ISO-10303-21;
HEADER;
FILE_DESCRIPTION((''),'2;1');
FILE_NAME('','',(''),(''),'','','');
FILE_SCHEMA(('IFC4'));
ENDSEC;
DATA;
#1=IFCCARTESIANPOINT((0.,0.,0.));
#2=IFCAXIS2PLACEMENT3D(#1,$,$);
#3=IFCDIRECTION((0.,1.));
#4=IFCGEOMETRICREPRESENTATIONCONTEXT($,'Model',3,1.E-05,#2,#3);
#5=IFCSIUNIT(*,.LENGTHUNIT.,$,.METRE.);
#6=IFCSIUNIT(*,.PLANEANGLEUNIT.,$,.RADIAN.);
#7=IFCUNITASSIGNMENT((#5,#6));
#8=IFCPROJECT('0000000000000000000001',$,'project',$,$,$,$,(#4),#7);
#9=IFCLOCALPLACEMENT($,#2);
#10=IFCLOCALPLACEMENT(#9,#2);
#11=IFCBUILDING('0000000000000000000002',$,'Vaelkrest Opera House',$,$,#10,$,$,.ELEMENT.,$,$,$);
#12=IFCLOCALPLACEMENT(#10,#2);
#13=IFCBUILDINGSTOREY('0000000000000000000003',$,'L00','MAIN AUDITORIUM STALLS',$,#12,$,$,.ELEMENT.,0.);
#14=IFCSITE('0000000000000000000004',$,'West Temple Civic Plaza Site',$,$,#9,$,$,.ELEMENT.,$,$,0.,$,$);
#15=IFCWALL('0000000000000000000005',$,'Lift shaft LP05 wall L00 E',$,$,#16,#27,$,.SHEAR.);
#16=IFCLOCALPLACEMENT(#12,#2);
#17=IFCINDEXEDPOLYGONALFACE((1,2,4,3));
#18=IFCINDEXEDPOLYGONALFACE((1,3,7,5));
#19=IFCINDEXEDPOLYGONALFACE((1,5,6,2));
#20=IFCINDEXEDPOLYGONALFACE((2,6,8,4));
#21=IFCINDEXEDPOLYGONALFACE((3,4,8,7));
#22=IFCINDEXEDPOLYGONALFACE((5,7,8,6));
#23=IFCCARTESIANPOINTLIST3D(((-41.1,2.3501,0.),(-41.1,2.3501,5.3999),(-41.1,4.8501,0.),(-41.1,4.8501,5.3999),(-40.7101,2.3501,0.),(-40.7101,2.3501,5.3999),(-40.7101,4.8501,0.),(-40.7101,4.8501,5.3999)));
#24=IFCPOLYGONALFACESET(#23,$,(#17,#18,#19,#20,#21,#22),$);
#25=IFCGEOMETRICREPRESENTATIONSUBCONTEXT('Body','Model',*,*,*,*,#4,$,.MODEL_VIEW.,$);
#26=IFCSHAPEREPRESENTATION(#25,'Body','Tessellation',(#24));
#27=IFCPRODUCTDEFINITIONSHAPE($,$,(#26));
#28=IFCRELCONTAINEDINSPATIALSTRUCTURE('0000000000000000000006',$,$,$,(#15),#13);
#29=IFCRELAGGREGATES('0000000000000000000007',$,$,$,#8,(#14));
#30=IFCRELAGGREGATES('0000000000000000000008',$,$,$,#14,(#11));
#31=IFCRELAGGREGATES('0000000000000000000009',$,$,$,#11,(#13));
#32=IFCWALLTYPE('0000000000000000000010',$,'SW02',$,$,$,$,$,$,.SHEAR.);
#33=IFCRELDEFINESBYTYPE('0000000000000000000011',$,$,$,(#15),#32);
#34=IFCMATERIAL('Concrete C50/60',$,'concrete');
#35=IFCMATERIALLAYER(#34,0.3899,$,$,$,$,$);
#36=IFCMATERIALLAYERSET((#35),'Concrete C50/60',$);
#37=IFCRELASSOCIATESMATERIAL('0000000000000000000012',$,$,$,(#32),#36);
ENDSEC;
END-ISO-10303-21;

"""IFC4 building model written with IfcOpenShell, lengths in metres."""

from ifc_helpers import new_model, si_unit, direction, frame, frame_2d, origin, place, context, subcontext, project, spatial, rectangle, extrude, material, layer, layer_set, type_object, element, save


model = new_model("IFC4")

# Units and contexts
model_context = context("Model", 3, precision=1e-05, world=origin(), true_north=direction((0.0, 1.0)))
body_context = subcontext(model_context, "Body", "Model", "MODEL_VIEW")
ifc_project = project(units=[si_unit("LENGTHUNIT", "METRE"), si_unit("PLANEANGLEUNIT", "RADIAN")], contexts=[model_context])

# Site, building, storey
site_placement = place(None, origin())
site = spatial("IfcSite", under=ifc_project, at=site_placement, Name="West Temple Civic Plaza Site", CompositionType="ELEMENT", RefElevation=0.0)
building_placement = place(site_placement, origin())
building = spatial("IfcBuilding", under=site, at=building_placement, Name="Vaelkrest Opera House", CompositionType="ELEMENT")
storey_placement = place(building_placement, origin())
storey = spatial("IfcBuildingStorey", under=building, at=storey_placement, Name="L00", Description="MAIN AUDITORIUM STALLS", CompositionType="ELEMENT", Elevation=0.0)

# Shared definitions
ifc_material_1 = material(Name="Concrete C50/60", Category="concrete")

# Shared definitions
ifc_layer_1 = layer(ifc_material_1, 0.3899)
ifc_layer_set_1 = layer_set([ifc_layer_1], Name="Concrete C50/60")
wall_type_1 = type_object("IfcWallType", Name="SW02", PredefinedType="SHEAR", material=ifc_layer_set_1)

# Wall
for number, where, z_axis, x_axis, name in (
    (1, (-40.905, 4.8501, 0.0), (0.0, 0.0, 1.0), (0.0, -1.0, 0.0), "Lift shaft LP05 wall L00 E"),
):
    element("IfcWall", number, at=place(storey_placement, frame(where, z_axis=z_axis, x_axis=x_axis)), inside=storey, type_object=wall_type_1, Name=name, PredefinedType="SHEAR", context=body_context, shape_type="SweptSolid", body=[
        extrude(rectangle(XDim=2.5, YDim=0.3899, at=frame_2d((1.25, 0.0))), origin(), (0.0, 0.0, 1.0), 5.3999),
    ])

save(model, "model.ifc")
